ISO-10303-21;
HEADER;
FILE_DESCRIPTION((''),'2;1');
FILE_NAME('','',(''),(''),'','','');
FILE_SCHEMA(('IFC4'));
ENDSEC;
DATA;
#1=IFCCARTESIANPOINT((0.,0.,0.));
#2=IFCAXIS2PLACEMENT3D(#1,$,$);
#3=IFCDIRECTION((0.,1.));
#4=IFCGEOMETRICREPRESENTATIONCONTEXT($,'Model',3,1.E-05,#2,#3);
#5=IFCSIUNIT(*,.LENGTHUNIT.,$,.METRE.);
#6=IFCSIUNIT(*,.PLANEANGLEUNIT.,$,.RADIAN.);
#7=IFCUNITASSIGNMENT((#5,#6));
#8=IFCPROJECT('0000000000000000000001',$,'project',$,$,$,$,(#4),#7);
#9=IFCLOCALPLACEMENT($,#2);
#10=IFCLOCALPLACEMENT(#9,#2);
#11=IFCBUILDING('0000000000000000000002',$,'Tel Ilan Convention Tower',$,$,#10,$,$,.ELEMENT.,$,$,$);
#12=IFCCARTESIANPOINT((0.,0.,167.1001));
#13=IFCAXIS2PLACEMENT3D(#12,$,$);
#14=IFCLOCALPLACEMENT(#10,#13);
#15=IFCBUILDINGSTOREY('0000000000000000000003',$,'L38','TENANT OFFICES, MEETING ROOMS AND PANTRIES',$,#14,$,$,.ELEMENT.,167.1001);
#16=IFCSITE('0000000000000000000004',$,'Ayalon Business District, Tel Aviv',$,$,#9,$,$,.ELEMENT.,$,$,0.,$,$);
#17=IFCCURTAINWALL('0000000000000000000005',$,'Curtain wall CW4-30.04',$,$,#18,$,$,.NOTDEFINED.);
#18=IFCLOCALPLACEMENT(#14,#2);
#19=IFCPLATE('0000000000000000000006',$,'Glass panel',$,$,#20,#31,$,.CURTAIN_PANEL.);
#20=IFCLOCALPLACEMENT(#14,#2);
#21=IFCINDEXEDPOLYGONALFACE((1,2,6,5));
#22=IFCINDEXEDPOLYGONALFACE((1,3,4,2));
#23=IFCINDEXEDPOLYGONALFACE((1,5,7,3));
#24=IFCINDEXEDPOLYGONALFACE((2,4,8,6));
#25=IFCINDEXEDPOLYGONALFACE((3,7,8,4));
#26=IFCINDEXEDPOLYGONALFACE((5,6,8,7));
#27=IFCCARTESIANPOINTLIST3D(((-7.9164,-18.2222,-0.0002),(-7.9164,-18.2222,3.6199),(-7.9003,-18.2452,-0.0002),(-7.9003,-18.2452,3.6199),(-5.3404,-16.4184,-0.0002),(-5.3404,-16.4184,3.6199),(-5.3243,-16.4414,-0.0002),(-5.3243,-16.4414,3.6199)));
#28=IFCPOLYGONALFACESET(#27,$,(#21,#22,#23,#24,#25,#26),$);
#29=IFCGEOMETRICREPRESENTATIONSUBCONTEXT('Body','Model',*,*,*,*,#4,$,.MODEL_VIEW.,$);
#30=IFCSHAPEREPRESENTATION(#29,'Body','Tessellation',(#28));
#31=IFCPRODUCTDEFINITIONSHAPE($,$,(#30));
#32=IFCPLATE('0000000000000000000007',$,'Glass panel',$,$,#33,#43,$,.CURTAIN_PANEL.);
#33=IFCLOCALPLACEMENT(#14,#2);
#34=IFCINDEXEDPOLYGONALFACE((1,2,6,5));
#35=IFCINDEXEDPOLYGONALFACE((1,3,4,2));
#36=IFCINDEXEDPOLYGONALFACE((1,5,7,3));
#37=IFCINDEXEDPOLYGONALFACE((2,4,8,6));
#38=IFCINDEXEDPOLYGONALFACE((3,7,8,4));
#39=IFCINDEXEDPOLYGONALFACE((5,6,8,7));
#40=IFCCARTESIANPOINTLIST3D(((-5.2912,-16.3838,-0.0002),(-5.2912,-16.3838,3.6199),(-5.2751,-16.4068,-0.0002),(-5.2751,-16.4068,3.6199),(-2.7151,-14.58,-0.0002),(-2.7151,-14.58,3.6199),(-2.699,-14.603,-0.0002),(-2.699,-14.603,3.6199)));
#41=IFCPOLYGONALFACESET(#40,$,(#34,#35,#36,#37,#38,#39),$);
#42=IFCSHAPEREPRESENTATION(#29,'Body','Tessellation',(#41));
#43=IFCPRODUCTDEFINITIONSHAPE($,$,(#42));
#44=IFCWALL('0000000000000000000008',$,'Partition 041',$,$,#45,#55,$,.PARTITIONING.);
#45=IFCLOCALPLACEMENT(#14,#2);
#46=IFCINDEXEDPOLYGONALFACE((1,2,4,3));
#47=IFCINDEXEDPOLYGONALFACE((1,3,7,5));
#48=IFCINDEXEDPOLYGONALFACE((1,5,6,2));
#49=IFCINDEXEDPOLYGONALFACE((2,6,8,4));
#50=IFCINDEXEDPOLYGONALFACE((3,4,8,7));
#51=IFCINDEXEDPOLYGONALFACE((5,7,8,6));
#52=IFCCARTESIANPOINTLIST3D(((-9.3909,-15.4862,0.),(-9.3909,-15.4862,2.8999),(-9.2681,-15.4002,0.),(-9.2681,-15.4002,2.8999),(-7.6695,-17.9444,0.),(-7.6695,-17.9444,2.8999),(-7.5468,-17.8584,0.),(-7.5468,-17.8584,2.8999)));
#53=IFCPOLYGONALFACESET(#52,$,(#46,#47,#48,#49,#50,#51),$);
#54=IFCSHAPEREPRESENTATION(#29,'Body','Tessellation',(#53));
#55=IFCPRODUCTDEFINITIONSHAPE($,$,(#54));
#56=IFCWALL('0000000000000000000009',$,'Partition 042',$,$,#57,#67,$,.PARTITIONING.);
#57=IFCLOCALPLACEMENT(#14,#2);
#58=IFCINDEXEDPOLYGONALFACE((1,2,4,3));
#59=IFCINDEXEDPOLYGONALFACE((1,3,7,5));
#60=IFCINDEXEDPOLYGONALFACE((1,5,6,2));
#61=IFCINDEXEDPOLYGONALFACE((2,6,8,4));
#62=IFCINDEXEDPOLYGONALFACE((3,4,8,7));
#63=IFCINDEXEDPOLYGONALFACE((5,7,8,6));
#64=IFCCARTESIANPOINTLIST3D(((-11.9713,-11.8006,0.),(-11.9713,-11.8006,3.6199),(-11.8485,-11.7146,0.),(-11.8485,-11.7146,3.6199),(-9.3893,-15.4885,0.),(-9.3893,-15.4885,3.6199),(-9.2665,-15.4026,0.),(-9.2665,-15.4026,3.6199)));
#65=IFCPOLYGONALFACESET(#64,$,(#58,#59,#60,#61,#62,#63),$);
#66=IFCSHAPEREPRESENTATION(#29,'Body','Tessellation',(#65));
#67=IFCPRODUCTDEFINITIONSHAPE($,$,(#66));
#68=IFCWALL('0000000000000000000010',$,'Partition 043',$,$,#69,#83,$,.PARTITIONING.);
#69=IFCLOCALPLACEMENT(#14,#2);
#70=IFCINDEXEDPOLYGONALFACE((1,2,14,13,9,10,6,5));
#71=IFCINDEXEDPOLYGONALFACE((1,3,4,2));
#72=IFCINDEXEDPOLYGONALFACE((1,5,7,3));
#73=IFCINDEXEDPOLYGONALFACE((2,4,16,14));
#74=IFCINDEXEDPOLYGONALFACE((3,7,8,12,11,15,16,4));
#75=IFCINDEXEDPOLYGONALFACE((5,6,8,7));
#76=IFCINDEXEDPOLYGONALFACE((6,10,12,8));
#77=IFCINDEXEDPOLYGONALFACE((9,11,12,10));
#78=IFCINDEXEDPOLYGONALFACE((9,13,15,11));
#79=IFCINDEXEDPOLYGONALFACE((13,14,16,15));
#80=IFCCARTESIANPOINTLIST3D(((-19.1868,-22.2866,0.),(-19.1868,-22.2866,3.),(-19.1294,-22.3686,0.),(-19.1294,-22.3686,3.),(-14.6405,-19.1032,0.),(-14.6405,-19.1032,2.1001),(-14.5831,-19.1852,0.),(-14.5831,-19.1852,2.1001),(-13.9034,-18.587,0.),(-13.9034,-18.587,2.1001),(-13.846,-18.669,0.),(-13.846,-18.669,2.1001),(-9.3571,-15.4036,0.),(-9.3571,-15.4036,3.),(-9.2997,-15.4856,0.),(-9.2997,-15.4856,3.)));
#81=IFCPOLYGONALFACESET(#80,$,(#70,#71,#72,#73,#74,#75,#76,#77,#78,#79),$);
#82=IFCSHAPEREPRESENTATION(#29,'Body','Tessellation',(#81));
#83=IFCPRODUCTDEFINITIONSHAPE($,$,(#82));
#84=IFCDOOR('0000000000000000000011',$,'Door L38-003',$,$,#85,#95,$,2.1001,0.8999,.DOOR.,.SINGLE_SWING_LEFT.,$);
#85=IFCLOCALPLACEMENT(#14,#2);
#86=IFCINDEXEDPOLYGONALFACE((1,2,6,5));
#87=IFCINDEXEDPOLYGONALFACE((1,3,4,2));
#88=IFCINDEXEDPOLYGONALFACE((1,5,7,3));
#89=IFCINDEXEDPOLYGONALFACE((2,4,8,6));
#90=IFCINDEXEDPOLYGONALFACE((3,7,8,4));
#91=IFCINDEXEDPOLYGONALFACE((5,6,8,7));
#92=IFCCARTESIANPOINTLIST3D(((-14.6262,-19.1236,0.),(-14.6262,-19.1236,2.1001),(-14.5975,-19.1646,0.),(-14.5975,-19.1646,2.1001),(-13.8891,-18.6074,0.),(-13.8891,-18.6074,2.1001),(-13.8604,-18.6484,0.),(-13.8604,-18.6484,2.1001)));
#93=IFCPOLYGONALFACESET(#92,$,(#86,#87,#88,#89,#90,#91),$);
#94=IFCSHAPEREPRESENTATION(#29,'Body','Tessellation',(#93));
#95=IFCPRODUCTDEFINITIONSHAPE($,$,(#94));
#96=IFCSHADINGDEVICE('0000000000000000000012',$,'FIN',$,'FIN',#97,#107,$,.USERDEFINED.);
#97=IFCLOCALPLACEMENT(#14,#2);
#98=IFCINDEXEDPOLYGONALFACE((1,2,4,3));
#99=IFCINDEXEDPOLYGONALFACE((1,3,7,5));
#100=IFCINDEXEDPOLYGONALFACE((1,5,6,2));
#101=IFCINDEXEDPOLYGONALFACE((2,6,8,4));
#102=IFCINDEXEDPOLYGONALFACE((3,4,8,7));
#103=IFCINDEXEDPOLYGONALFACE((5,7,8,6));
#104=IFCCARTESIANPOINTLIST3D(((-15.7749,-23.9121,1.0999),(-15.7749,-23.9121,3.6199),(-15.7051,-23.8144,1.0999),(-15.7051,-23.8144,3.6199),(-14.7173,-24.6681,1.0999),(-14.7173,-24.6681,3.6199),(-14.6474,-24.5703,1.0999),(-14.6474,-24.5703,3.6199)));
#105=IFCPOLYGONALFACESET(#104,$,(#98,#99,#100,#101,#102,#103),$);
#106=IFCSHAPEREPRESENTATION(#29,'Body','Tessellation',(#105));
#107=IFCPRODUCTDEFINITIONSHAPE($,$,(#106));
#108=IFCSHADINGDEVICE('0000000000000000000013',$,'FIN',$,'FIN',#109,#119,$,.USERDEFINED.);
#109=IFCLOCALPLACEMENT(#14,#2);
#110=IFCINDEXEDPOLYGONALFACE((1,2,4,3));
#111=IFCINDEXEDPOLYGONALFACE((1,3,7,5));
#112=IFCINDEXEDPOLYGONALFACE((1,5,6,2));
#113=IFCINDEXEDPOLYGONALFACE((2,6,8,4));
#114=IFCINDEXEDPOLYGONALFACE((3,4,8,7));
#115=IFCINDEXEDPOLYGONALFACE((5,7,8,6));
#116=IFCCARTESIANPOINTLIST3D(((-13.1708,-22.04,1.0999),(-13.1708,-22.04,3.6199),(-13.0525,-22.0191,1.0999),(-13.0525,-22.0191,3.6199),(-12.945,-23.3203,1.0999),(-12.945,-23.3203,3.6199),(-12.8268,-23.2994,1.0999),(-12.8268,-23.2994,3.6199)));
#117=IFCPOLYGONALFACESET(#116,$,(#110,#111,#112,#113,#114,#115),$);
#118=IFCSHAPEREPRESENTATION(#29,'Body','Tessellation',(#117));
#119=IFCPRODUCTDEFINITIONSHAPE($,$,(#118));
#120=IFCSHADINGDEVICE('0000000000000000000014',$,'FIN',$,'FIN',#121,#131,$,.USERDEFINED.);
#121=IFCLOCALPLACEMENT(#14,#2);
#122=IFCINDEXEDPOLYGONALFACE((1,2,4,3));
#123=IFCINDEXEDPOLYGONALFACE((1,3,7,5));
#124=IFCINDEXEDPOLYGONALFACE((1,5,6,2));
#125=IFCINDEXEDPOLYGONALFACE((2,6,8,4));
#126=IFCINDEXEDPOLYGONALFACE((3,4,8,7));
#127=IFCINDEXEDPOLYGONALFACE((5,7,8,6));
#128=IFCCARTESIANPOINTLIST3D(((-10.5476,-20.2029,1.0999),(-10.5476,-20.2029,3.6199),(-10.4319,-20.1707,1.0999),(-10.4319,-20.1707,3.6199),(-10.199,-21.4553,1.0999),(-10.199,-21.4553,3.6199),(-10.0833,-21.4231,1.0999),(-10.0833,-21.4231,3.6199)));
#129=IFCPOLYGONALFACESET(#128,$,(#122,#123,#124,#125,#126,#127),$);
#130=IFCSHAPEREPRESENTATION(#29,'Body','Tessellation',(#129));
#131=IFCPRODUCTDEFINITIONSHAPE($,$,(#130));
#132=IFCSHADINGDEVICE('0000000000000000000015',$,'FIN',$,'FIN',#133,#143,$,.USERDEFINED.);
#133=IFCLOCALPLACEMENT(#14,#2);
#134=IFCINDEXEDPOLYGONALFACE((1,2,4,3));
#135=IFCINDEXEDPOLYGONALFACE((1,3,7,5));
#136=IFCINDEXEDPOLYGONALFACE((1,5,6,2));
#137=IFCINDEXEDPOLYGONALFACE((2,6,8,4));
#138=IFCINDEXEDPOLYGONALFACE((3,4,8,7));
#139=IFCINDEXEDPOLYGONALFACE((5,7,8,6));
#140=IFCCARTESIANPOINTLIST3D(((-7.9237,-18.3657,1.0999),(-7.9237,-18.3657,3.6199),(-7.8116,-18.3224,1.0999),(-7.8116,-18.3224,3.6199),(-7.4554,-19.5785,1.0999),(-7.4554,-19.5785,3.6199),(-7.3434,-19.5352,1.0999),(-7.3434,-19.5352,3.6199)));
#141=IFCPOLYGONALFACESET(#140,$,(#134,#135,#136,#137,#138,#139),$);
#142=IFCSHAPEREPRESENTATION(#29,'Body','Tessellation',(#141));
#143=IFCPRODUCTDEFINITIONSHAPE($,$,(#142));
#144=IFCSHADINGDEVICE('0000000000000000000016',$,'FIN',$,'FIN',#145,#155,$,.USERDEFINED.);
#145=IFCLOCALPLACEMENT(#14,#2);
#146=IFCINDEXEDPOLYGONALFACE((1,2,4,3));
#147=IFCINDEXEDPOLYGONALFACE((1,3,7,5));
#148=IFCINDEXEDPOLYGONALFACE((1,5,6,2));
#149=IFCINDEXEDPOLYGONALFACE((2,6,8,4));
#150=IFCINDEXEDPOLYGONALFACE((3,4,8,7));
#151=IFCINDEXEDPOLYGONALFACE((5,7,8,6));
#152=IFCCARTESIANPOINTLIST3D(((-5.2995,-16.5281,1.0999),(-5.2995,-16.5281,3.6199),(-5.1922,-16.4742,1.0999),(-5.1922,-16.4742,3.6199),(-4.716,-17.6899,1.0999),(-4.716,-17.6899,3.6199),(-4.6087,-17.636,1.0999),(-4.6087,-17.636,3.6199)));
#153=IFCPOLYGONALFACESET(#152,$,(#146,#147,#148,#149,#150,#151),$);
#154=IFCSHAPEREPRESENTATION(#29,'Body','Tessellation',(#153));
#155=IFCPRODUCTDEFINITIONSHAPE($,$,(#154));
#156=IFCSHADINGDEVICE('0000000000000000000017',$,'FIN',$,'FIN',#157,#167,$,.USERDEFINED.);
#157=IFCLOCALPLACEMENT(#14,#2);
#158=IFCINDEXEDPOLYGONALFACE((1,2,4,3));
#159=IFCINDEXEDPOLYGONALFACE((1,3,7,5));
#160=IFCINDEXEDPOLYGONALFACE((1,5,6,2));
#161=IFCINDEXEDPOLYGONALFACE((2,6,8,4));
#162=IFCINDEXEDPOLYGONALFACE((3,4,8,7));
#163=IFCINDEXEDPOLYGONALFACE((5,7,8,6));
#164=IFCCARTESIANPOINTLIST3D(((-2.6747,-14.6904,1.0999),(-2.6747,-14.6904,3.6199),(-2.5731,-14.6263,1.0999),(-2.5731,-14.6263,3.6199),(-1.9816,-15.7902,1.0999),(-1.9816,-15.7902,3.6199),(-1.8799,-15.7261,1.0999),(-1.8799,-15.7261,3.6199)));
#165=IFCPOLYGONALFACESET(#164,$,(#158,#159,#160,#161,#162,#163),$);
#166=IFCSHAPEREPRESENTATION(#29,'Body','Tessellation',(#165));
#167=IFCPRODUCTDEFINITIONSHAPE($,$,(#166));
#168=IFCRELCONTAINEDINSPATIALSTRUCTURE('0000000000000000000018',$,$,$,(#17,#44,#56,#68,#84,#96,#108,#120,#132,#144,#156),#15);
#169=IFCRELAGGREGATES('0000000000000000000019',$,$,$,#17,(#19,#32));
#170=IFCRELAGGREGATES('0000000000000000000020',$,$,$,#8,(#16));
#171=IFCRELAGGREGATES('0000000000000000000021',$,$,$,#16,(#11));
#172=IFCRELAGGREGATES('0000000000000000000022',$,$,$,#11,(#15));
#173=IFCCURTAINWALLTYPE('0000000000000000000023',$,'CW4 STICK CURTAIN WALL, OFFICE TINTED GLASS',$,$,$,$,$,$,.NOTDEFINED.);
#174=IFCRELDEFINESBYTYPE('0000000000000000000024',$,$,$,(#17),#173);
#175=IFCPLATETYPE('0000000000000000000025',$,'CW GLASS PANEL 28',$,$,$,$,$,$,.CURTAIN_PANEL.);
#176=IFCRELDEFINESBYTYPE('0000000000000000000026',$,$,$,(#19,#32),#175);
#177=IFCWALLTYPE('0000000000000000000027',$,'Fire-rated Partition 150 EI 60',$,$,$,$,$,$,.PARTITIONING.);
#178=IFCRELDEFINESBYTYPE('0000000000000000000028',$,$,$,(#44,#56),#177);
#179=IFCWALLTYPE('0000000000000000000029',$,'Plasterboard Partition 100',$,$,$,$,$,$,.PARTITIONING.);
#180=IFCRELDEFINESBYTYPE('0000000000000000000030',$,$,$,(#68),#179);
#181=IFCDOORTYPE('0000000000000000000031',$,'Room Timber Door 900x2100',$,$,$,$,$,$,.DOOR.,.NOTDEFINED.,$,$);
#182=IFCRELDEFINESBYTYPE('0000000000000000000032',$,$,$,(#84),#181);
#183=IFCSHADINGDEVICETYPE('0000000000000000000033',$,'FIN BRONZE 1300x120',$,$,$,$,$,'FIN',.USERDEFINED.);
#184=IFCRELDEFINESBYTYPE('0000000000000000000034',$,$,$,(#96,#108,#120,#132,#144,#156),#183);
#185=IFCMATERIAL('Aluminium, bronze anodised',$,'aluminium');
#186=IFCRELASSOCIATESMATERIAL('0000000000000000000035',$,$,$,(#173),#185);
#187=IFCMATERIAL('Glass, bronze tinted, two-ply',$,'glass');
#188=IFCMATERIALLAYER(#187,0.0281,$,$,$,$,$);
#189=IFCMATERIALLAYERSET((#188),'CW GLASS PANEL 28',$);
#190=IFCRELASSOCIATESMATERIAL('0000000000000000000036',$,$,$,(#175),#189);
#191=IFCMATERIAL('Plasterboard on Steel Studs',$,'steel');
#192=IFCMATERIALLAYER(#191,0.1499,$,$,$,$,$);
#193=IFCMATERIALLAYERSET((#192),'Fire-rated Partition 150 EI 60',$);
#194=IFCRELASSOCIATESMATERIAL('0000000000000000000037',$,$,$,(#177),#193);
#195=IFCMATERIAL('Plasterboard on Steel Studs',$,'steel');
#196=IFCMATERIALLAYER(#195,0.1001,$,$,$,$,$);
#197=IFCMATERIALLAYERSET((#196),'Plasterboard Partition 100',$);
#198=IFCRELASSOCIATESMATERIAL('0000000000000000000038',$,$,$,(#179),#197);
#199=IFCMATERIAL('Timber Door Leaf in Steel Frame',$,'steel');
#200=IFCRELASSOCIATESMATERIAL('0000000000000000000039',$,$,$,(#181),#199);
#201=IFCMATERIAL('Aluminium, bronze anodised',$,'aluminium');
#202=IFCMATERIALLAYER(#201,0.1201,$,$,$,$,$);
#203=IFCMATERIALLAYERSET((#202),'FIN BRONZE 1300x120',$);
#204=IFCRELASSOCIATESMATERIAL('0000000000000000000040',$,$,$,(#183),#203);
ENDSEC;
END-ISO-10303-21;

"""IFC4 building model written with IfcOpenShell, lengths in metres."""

from ifc_helpers import new_model, si_unit, direction, frame, frame_2d, origin, origin_2d, place, context, subcontext, project, spatial, rectangle, extrude, material, layer, layer_set, type_object, element, fill, aggregate, save


model = new_model("IFC4")

# Units and contexts
model_context = context("Model", 3, precision=1e-05, world=origin(), true_north=direction((0.0, 1.0)))
body_context = subcontext(model_context, "Body", "Model", "MODEL_VIEW")
ifc_project = project(units=[si_unit("LENGTHUNIT", "METRE"), si_unit("PLANEANGLEUNIT", "RADIAN")], contexts=[model_context])

# Site, building, storey
site_placement = place(None, origin())
site = spatial("IfcSite", under=ifc_project, at=site_placement, Name="Ayalon Business District, Tel Aviv", CompositionType="ELEMENT", RefElevation=0.0)
building_placement = place(site_placement, origin())
building = spatial("IfcBuilding", under=site, at=building_placement, Name="Tel Ilan Convention Tower", CompositionType="ELEMENT")
storey_placement = place(building_placement, frame((0.0, 0.0, 167.1001)))
storey = spatial("IfcBuildingStorey", under=building, at=storey_placement, Name="L38", Description="TENANT OFFICES, MEETING ROOMS AND PANTRIES", CompositionType="ELEMENT", Elevation=167.1001)

# Curtain wall, plates
ifc_material_1 = material(Name="Aluminium, bronze anodised", Category="aluminium")
curtain_wall_type = type_object("IfcCurtainWallType", Name="CW4 STICK CURTAIN WALL, OFFICE TINTED GLASS", PredefinedType="NOTDEFINED", material=ifc_material_1)
curtain_wall_placement = place(storey_placement, origin())
curtain_wall = element("IfcCurtainWall", 1, at=curtain_wall_placement, inside=storey, type_object=curtain_wall_type, Name="Curtain wall CW4-30.04", PredefinedType="NOTDEFINED")
ifc_material_2 = material(Name="Glass, bronze tinted, two-ply", Category="glass")
ifc_layer_1 = layer(ifc_material_2, 0.0281)
ifc_layer_set_1 = layer_set([ifc_layer_1], Name="CW GLASS PANEL 28")
plate_type = type_object("IfcPlateType", Name="CW GLASS PANEL 28", PredefinedType="CURTAIN_PANEL", material=ifc_layer_set_1)
plate_1_placement = place(storey_placement, frame((-6.6204, -17.3318, -0.0002), z_axis=(0.0, 0.0, 1.0), x_axis=(0.819152, 0.573576, 0.0)))
plate_1 = element("IfcPlate", 2, at=plate_1_placement, type_object=plate_type, Name="Glass panel", PredefinedType="CURTAIN_PANEL", context=body_context, shape_type="SweptSolid", body=[
    extrude(rectangle(XDim=3.1448, YDim=0.0281, at=origin_2d()), origin(), (0.0, 0.0, 1.0), 3.6201),
])
plate_2_placement = place(storey_placement, frame((-3.9951, -15.4934, -0.0002), z_axis=(0.0, 0.0, 1.0), x_axis=(0.819152, 0.573576, 0.0)))
plate_2 = element("IfcPlate", 3, at=plate_2_placement, type_object=plate_type, Name="Glass panel", PredefinedType="CURTAIN_PANEL", context=body_context, shape_type="SweptSolid", body=[
    extrude(rectangle(XDim=3.1448, YDim=0.0281, at=origin_2d()), origin(), (0.0, 0.0, 1.0), 3.6201),
])
aggregate(curtain_wall, [plate_1, plate_2])

# Walls
ifc_material_3 = material(Name="Plasterboard on Steel Studs", Category="steel")
ifc_layer_2 = layer(ifc_material_3, 0.1499)
ifc_layer_set_2 = layer_set([ifc_layer_2], Name="Fire-rated Partition 150 EI 60")
wall_type_1 = type_object("IfcWallType", Name="Fire-rated Partition 150 EI 60", PredefinedType="PARTITIONING", material=ifc_layer_set_2)
wall_1_placement = place(storey_placement, frame((-7.6082, -17.9014, 0.0), z_axis=(0.0, 0.0, 1.0), x_axis=(-0.57361, 0.819129, 0.0)))
element("IfcWall", 4, at=wall_1_placement, inside=storey, type_object=wall_type_1, Name="Partition 041", PredefinedType="PARTITIONING", context=body_context, shape_type="SweptSolid", body=[
    extrude(rectangle(XDim=3.001, YDim=0.1499, at=frame_2d((1.5005, 0.0))), origin(), (0.0, 0.0, 1.0), 2.8999),
])
wall_2_placement = place(storey_placement, frame((-9.3279, -15.4456, 0.0), z_axis=(0.0, 0.0, 1.0), x_axis=(-0.573528, 0.819186, 0.0)))
element("IfcWall", 5, at=wall_2_placement, inside=storey, type_object=wall_type_1, Name="Partition 042", PredefinedType="PARTITIONING", context=body_context, shape_type="SweptSolid", body=[
    extrude(rectangle(XDim=4.502, YDim=0.1499, at=frame_2d((2.251, 0.0))), origin(), (0.0, 0.0, 1.0), 3.6199),
])

# Wall, opening, door
ifc_material_4 = material(Name="Plasterboard on Steel Studs", Category="steel")
ifc_layer_3 = layer(ifc_material_4, 0.1001)
ifc_layer_set_3 = layer_set([ifc_layer_3], Name="Plasterboard Partition 100")
wall_type_2 = type_object("IfcWallType", Name="Plasterboard Partition 100", PredefinedType="PARTITIONING", material=ifc_layer_set_3)
wall_3_placement = place(storey_placement, frame((-9.3284, -15.4446, 0.0), z_axis=(0.0, 0.0, 1.0), x_axis=(-0.819147, -0.573584, 0.0)))
wall_3 = element("IfcWall", 6, at=wall_3_placement, inside=storey, type_object=wall_type_2, Name="Partition 043", PredefinedType="PARTITIONING", context=body_context, shape_type="SweptSolid", body=[
    extrude(rectangle(XDim=12.0, YDim=0.1001, at=frame_2d((6.0, 0.0))), origin(), (0.0, 0.0, 1.0), 3.0),
])
opening_placement = place(wall_3_placement, frame((5.55, 0.0, 0.0)))
opening = element("IfcOpeningElement", 7, at=opening_placement, cuts=wall_3, PredefinedType="OPENING", context=body_context, shape_type="SweptSolid", body=[
    extrude(rectangle(XDim=0.8999, YDim=2.1001, at=frame_2d((0.45, 1.05))), frame((0.0, 0.0601, 0.0), z_axis=(0.0, -1.0, 0.0), x_axis=(1.0, 0.0, 0.0)), (0.0, 0.0, 1.0), 0.1201),
])
ifc_material_5 = material(Name="Timber Door Leaf in Steel Frame", Category="steel")
door_type = type_object("IfcDoorType", Name="Room Timber Door 900x2100", OperationType="NOTDEFINED", PredefinedType="DOOR", material=ifc_material_5)
door_placement = place(opening_placement, origin())
door = element("IfcDoor", 8, at=door_placement, inside=storey, type_object=door_type, Name="Door L38-003", OperationType="SINGLE_SWING_LEFT", OverallHeight=2.1001, OverallWidth=0.8999, PredefinedType="DOOR", context=body_context, shape_type="SweptSolid", body=[
    extrude(rectangle(XDim=0.8999, YDim=2.1001, at=frame_2d((0.45, 1.05))), frame((0.0, 0.0249, 0.0), z_axis=(0.0, -1.0, 0.0), x_axis=(1.0, 0.0, 0.0)), (0.0, 0.0, 1.0), 0.05),
])
fill(opening, door)

# Shading devices
ifc_material_6 = material(Name="Aluminium, bronze anodised", Category="aluminium")
ifc_layer_4 = layer(ifc_material_6, 0.1201)
ifc_layer_set_4 = layer_set([ifc_layer_4], Name="FIN BRONZE 1300x120")
shading_device_type = type_object("IfcShadingDeviceType", Name="FIN BRONZE 1300x120", ElementType="FIN", PredefinedType="USERDEFINED", material=ifc_layer_set_4)
for number, where, z_axis, x_axis, name in (
    (9, (-15.2112, -24.2412, 1.0999), (0.0, 0.0, 1.0), (0.813552, -0.581492, 0.0), "FIN"),
    (10, (-12.9988, -22.6697, 1.0999), (0.0, 0.0, 1.0), (0.173648, -0.984808, 0.0), "FIN"),
    (11, (-10.3154, -20.813, 1.0999), (0.0, 0.0, 1.0), (0.268173, -0.963371, 0.0), "FIN"),
    (12, (-7.6335, -18.9504, 1.0999), (0.0, 0.0, 1.0), (0.360178, -0.932884, 0.0), "FIN"),
    (13, (-4.9541, -17.082, 1.0999), (0.0, 0.0, 1.0), (0.448799, -0.893633, 0.0), "FIN"),
    (14, (-2.2773, -15.2083, 1.0999), (0.0, 0.0, 1.0), (0.533204, -0.845986, 0.0), "FIN"),
):
    element("IfcShadingDevice", number, at=place(storey_placement, frame(where, z_axis=z_axis, x_axis=x_axis)), inside=storey, type_object=shading_device_type, Name=name, ObjectType="FIN", PredefinedType="USERDEFINED", context=body_context, shape_type="SweptSolid", body=[
        extrude(rectangle(XDim=1.3, YDim=0.1201, at=origin_2d()), origin(), (0.0, 0.0, 1.0), 2.52),
    ])

save(model, "model.ifc")
